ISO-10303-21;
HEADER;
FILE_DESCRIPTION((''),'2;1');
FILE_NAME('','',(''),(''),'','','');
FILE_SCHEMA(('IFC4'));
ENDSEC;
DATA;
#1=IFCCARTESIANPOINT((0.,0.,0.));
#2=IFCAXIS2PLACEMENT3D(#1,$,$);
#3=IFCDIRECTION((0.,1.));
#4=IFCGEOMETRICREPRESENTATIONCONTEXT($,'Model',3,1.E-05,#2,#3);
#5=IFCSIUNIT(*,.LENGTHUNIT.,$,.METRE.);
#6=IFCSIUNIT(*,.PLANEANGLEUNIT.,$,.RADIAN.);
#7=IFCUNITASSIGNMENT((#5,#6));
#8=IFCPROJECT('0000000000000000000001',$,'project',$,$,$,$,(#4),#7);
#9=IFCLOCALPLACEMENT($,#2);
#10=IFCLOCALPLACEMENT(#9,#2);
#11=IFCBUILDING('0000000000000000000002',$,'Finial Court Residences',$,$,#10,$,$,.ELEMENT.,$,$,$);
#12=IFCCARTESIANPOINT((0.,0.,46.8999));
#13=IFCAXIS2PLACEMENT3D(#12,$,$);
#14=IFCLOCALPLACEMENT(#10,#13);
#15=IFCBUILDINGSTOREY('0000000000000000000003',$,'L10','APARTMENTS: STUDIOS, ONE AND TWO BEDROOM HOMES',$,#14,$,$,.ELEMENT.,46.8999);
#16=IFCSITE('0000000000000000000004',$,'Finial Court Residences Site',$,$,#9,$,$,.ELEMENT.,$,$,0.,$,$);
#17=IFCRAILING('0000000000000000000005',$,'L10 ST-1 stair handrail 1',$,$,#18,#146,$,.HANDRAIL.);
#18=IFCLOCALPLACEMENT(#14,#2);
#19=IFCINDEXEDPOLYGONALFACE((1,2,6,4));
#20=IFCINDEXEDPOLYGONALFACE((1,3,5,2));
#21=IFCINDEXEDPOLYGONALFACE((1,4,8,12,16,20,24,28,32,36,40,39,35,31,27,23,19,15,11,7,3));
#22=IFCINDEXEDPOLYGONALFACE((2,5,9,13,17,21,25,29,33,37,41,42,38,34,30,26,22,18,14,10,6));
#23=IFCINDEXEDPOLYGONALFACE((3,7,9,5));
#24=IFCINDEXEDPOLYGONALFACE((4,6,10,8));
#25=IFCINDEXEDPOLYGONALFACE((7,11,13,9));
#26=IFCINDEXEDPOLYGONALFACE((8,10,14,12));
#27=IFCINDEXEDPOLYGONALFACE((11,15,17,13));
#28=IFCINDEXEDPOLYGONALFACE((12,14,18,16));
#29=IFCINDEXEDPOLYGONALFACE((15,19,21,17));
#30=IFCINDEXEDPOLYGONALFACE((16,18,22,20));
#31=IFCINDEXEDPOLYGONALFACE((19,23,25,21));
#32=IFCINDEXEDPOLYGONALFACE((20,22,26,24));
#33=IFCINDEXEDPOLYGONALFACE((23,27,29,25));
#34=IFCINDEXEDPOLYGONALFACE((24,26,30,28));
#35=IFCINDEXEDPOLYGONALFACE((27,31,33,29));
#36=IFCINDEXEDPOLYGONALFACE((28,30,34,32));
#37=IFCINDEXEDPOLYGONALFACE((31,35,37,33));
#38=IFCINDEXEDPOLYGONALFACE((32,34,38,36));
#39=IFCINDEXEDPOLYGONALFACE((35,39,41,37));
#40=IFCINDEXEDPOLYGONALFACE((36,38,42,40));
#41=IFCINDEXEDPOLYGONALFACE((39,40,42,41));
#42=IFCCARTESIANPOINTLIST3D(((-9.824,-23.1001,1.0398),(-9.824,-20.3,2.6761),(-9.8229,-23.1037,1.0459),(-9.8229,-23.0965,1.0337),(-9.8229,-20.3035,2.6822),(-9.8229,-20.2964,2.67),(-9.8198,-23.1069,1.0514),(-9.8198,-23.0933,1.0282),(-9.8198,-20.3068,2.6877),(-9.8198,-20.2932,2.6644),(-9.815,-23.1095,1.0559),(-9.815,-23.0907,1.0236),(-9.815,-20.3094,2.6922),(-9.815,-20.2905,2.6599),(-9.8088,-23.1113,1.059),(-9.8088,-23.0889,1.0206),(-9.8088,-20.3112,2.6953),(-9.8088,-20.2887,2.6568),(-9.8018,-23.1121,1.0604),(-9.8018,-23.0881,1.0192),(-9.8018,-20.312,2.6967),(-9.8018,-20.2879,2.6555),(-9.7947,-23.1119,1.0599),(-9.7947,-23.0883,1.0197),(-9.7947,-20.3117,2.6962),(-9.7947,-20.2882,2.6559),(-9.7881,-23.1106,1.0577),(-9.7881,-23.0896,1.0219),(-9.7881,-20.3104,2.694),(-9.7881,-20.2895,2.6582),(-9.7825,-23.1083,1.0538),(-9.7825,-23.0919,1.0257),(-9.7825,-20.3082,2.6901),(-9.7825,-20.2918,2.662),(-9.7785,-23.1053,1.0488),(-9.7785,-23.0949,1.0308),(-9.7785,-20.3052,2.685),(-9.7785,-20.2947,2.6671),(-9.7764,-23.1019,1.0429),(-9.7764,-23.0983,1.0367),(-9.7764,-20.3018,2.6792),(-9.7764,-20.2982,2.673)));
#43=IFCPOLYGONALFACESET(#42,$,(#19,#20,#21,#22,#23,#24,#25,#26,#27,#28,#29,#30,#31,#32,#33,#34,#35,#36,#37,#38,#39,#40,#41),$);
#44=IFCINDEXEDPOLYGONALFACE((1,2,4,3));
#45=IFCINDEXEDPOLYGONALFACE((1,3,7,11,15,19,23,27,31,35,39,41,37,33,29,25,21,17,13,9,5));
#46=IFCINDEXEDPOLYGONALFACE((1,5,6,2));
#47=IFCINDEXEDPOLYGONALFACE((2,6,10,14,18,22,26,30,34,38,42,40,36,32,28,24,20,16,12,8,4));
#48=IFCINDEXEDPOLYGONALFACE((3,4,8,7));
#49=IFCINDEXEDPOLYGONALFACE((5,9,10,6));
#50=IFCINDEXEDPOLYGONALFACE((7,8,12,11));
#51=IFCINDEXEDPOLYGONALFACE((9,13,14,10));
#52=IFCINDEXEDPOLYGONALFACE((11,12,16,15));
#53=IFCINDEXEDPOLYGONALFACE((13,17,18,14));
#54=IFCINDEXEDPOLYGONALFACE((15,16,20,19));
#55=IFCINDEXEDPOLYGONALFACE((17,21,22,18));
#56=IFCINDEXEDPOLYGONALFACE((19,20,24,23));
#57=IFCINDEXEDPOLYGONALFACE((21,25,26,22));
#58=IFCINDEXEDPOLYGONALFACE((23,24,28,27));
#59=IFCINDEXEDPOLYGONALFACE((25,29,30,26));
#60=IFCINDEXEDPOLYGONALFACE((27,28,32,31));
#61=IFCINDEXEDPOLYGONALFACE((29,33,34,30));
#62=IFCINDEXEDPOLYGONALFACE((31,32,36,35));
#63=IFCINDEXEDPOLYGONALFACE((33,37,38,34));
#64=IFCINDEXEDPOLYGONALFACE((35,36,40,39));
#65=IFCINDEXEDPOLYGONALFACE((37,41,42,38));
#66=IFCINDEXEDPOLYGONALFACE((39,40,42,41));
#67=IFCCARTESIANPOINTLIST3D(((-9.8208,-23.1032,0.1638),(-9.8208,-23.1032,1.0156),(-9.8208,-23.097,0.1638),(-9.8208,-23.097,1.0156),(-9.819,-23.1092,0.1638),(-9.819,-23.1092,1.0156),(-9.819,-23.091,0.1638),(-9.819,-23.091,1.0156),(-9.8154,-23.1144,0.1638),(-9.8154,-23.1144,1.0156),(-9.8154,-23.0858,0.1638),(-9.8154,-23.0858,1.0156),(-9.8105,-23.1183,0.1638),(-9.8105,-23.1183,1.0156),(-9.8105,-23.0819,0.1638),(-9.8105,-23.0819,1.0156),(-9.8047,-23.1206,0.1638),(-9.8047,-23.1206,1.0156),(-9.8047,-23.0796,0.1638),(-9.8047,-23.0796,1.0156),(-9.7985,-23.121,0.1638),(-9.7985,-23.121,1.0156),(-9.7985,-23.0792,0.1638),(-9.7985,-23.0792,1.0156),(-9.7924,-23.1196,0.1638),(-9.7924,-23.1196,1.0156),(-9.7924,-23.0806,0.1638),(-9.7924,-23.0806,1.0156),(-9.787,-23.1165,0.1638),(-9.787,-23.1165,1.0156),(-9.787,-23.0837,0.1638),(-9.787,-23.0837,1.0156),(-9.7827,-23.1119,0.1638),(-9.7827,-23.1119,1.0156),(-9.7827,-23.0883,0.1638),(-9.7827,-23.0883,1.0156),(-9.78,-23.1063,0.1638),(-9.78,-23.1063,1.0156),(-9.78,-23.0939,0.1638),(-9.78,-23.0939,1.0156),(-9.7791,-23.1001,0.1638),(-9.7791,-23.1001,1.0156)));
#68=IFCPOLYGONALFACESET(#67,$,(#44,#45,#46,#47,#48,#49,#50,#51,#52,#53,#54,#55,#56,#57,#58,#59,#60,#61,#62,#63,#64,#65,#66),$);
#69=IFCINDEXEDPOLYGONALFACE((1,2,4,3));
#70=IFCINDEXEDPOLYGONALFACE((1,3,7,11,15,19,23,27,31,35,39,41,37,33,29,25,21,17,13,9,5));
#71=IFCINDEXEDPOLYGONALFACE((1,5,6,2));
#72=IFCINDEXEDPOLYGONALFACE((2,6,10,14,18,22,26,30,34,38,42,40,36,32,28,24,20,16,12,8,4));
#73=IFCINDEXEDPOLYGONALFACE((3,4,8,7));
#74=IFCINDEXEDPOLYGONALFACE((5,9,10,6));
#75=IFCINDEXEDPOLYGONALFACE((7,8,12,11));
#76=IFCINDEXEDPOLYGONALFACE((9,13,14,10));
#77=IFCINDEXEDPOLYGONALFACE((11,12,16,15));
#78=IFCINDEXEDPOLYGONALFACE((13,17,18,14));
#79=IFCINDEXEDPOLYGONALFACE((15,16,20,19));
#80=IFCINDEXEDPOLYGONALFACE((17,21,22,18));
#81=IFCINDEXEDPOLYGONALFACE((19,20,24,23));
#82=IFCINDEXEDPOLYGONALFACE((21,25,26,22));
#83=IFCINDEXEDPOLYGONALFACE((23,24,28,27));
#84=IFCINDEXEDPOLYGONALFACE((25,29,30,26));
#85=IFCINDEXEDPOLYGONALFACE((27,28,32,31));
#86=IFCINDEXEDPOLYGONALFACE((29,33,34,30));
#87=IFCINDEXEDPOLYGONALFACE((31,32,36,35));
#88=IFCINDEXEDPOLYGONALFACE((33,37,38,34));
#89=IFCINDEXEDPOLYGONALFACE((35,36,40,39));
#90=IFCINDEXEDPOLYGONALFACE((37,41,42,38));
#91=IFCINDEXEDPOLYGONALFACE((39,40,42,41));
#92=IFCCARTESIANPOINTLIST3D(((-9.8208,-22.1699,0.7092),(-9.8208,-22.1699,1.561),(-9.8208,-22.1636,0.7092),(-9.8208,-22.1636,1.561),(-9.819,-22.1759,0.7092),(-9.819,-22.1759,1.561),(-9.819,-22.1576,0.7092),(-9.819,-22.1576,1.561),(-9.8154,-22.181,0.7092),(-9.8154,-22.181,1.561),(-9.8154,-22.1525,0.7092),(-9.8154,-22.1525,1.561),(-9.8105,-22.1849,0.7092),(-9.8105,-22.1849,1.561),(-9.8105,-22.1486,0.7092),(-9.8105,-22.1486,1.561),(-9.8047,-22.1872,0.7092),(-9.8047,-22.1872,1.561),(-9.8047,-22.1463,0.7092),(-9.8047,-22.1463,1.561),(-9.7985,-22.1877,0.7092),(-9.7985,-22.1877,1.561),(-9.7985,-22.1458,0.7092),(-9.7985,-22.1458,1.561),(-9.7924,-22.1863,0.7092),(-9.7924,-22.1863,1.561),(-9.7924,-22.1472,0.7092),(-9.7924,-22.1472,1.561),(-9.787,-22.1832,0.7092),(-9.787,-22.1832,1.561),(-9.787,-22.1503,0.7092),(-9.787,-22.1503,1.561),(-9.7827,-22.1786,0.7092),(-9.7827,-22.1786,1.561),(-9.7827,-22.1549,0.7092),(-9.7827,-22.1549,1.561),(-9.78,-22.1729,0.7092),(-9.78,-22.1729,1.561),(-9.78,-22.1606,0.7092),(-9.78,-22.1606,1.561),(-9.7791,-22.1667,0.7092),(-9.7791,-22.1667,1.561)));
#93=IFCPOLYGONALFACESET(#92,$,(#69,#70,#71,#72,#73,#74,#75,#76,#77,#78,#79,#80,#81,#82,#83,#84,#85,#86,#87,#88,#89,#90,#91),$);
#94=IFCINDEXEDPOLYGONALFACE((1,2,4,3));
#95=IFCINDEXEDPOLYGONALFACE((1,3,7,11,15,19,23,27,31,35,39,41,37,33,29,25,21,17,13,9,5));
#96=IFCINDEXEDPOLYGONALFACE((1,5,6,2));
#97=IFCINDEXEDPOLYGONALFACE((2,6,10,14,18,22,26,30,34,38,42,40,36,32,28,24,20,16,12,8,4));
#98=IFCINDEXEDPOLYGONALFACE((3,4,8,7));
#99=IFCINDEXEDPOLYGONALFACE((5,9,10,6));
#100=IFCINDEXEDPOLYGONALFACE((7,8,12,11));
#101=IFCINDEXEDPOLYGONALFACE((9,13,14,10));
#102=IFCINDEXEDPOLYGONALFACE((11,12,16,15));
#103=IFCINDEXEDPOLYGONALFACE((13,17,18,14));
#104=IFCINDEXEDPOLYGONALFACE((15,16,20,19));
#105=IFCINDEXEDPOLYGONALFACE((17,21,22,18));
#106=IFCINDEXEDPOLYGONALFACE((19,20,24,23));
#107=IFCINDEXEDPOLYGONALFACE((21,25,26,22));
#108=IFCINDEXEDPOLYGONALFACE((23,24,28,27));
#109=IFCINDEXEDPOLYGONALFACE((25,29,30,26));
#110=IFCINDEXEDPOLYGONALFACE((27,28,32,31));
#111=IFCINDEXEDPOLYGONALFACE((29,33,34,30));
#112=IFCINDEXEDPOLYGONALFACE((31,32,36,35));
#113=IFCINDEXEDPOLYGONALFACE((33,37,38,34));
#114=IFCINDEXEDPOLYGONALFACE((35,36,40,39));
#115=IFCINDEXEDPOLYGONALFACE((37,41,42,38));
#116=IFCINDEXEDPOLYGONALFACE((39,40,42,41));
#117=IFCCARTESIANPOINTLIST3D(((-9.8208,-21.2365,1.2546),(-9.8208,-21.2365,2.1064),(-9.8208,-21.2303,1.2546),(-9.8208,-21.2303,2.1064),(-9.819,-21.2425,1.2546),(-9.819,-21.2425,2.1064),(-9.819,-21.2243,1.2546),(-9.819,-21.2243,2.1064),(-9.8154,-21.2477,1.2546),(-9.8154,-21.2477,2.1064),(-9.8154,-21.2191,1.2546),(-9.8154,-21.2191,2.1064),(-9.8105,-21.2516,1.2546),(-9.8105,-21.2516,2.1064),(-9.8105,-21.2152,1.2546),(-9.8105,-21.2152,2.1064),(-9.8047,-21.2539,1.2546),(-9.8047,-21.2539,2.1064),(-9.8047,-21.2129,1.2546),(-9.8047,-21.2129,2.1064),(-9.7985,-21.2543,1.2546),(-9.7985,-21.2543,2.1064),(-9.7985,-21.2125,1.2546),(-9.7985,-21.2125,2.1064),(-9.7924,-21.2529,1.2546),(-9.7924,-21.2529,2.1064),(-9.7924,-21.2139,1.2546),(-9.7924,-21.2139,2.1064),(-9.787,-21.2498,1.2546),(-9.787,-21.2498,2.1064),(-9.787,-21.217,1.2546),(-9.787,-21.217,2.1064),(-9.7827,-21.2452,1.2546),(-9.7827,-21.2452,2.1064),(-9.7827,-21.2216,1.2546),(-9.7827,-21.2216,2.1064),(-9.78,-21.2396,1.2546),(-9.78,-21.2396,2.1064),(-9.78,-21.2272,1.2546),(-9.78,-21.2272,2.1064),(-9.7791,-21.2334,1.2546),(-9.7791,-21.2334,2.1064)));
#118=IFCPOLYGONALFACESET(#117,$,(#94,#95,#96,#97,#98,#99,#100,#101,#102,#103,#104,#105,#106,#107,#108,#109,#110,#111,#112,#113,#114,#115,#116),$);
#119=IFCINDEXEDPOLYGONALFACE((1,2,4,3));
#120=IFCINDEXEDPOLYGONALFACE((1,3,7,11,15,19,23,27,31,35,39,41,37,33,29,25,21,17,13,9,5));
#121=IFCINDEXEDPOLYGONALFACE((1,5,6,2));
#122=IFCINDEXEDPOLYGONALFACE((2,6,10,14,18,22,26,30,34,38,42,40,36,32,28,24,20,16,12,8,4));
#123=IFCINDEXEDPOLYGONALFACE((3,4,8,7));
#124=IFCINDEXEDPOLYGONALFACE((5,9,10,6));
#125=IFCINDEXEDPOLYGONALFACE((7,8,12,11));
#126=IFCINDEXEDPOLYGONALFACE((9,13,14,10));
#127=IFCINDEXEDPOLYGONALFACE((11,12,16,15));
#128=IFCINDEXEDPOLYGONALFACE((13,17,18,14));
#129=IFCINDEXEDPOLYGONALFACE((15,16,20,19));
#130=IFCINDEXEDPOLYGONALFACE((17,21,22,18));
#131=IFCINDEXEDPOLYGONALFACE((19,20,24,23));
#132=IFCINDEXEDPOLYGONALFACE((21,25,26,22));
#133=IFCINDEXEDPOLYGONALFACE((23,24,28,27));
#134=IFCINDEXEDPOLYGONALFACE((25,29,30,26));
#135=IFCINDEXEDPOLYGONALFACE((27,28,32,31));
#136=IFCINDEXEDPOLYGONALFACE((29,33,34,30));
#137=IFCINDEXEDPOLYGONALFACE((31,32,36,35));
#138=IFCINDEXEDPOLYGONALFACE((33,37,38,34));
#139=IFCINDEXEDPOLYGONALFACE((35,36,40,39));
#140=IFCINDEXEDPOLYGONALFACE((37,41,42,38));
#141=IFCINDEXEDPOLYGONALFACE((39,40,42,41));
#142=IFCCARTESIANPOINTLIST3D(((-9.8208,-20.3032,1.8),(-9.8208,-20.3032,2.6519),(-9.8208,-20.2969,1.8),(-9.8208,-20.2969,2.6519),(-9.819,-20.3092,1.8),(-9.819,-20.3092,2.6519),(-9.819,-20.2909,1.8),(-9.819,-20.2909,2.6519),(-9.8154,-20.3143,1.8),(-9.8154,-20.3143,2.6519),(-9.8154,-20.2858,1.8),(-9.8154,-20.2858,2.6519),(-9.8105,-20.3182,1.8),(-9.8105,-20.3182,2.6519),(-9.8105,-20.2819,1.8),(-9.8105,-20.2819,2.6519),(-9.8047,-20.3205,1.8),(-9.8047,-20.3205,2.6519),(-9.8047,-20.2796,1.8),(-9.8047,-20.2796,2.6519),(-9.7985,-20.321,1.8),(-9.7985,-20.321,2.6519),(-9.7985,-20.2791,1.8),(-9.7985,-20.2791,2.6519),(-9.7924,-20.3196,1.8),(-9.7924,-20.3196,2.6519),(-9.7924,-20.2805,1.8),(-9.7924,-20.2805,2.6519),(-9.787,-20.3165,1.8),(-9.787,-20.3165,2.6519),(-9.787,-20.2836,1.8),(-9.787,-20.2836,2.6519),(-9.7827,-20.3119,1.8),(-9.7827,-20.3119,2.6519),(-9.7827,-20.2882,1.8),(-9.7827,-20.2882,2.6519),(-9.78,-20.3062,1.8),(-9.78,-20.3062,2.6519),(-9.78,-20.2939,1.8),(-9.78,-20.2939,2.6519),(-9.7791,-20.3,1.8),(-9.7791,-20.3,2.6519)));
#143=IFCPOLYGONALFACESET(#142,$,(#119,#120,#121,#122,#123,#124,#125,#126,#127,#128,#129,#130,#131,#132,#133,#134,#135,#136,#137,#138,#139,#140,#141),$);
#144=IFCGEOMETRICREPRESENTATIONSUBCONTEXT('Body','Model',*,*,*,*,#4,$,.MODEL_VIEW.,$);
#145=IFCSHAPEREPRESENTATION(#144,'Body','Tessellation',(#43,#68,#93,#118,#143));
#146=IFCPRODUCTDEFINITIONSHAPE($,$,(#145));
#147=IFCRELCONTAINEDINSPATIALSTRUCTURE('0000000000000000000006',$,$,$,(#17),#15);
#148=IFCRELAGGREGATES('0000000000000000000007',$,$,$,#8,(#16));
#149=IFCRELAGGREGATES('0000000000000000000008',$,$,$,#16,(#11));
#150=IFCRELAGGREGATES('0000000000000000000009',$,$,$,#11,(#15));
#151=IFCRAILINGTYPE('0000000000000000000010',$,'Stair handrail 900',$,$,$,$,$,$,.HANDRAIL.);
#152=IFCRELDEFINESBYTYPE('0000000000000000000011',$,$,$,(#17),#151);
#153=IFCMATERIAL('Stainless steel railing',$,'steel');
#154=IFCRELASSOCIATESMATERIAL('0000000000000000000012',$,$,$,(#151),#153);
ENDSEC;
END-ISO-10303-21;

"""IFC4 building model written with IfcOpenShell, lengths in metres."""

from ifc_helpers import new_model, si_unit, direction, frame, origin, origin_2d, place, context, subcontext, project, spatial, circle, extrude, material, type_object, element, save


model = new_model("IFC4")

# Units and contexts
model_context = context("Model", 3, precision=1e-05, world=origin(), true_north=direction((0.0, 1.0)))
body_context = subcontext(model_context, "Body", "Model", "MODEL_VIEW")
ifc_project = project(units=[si_unit("LENGTHUNIT", "METRE"), si_unit("PLANEANGLEUNIT", "RADIAN")], contexts=[model_context])

# Site, building, storey
site_placement = place(None, origin())
site = spatial("IfcSite", under=ifc_project, at=site_placement, Name="Finial Court Residences Site", CompositionType="ELEMENT", RefElevation=0.0)
building_placement = place(site_placement, origin())
building = spatial("IfcBuilding", under=site, at=building_placement, Name="Finial Court Residences", CompositionType="ELEMENT")
storey_placement = place(building_placement, frame((0.0, 0.0, 46.8999)))
storey = spatial("IfcBuildingStorey", under=building, at=storey_placement, Name="L10", Description="APARTMENTS: STUDIOS, ONE AND TWO BEDROOM HOMES", CompositionType="ELEMENT", Elevation=46.8999)

# Railing
ifc_material_1 = material(Name="Stainless steel railing", Category="steel")
railing_type_1 = type_object("IfcRailingType", Name="Stair handrail 900", PredefinedType="HANDRAIL", material=ifc_material_1)
railing_1_placement = place(storey_placement, frame((-9.8, -23.1001, 0.1638)))
element("IfcRailing", 1, at=railing_1_placement, inside=storey, type_object=railing_type_1, Name="L10 ST-1 stair handrail 1", PredefinedType="HANDRAIL", context=body_context, shape_type="SweptSolid", body=[
    extrude(circle(Radius=0.0239, at=origin_2d()), frame((0.0, 0.0, 0.876), z_axis=(0.0, 0.863394, 0.504531), x_axis=(-1.0, 0.0, 0.0)), (0.0, 0.0, 1.0), 3.2432),
    extrude(circle(Radius=0.021, at=origin_2d()), origin(), (0.0, 0.0, 1.0), 0.8518),
    extrude(circle(Radius=0.021, at=origin_2d()), frame((0.0, 0.9333, 0.5454)), (0.0, 0.0, 1.0), 0.8518),
    extrude(circle(Radius=0.021, at=origin_2d()), frame((0.0, 1.8667, 1.0908)), (0.0, 0.0, 1.0), 0.8518),
    extrude(circle(Radius=0.021, at=origin_2d()), frame((0.0, 2.8, 1.6362)), (0.0, 0.0, 1.0), 0.8518),
])

save(model, "model.ifc")
